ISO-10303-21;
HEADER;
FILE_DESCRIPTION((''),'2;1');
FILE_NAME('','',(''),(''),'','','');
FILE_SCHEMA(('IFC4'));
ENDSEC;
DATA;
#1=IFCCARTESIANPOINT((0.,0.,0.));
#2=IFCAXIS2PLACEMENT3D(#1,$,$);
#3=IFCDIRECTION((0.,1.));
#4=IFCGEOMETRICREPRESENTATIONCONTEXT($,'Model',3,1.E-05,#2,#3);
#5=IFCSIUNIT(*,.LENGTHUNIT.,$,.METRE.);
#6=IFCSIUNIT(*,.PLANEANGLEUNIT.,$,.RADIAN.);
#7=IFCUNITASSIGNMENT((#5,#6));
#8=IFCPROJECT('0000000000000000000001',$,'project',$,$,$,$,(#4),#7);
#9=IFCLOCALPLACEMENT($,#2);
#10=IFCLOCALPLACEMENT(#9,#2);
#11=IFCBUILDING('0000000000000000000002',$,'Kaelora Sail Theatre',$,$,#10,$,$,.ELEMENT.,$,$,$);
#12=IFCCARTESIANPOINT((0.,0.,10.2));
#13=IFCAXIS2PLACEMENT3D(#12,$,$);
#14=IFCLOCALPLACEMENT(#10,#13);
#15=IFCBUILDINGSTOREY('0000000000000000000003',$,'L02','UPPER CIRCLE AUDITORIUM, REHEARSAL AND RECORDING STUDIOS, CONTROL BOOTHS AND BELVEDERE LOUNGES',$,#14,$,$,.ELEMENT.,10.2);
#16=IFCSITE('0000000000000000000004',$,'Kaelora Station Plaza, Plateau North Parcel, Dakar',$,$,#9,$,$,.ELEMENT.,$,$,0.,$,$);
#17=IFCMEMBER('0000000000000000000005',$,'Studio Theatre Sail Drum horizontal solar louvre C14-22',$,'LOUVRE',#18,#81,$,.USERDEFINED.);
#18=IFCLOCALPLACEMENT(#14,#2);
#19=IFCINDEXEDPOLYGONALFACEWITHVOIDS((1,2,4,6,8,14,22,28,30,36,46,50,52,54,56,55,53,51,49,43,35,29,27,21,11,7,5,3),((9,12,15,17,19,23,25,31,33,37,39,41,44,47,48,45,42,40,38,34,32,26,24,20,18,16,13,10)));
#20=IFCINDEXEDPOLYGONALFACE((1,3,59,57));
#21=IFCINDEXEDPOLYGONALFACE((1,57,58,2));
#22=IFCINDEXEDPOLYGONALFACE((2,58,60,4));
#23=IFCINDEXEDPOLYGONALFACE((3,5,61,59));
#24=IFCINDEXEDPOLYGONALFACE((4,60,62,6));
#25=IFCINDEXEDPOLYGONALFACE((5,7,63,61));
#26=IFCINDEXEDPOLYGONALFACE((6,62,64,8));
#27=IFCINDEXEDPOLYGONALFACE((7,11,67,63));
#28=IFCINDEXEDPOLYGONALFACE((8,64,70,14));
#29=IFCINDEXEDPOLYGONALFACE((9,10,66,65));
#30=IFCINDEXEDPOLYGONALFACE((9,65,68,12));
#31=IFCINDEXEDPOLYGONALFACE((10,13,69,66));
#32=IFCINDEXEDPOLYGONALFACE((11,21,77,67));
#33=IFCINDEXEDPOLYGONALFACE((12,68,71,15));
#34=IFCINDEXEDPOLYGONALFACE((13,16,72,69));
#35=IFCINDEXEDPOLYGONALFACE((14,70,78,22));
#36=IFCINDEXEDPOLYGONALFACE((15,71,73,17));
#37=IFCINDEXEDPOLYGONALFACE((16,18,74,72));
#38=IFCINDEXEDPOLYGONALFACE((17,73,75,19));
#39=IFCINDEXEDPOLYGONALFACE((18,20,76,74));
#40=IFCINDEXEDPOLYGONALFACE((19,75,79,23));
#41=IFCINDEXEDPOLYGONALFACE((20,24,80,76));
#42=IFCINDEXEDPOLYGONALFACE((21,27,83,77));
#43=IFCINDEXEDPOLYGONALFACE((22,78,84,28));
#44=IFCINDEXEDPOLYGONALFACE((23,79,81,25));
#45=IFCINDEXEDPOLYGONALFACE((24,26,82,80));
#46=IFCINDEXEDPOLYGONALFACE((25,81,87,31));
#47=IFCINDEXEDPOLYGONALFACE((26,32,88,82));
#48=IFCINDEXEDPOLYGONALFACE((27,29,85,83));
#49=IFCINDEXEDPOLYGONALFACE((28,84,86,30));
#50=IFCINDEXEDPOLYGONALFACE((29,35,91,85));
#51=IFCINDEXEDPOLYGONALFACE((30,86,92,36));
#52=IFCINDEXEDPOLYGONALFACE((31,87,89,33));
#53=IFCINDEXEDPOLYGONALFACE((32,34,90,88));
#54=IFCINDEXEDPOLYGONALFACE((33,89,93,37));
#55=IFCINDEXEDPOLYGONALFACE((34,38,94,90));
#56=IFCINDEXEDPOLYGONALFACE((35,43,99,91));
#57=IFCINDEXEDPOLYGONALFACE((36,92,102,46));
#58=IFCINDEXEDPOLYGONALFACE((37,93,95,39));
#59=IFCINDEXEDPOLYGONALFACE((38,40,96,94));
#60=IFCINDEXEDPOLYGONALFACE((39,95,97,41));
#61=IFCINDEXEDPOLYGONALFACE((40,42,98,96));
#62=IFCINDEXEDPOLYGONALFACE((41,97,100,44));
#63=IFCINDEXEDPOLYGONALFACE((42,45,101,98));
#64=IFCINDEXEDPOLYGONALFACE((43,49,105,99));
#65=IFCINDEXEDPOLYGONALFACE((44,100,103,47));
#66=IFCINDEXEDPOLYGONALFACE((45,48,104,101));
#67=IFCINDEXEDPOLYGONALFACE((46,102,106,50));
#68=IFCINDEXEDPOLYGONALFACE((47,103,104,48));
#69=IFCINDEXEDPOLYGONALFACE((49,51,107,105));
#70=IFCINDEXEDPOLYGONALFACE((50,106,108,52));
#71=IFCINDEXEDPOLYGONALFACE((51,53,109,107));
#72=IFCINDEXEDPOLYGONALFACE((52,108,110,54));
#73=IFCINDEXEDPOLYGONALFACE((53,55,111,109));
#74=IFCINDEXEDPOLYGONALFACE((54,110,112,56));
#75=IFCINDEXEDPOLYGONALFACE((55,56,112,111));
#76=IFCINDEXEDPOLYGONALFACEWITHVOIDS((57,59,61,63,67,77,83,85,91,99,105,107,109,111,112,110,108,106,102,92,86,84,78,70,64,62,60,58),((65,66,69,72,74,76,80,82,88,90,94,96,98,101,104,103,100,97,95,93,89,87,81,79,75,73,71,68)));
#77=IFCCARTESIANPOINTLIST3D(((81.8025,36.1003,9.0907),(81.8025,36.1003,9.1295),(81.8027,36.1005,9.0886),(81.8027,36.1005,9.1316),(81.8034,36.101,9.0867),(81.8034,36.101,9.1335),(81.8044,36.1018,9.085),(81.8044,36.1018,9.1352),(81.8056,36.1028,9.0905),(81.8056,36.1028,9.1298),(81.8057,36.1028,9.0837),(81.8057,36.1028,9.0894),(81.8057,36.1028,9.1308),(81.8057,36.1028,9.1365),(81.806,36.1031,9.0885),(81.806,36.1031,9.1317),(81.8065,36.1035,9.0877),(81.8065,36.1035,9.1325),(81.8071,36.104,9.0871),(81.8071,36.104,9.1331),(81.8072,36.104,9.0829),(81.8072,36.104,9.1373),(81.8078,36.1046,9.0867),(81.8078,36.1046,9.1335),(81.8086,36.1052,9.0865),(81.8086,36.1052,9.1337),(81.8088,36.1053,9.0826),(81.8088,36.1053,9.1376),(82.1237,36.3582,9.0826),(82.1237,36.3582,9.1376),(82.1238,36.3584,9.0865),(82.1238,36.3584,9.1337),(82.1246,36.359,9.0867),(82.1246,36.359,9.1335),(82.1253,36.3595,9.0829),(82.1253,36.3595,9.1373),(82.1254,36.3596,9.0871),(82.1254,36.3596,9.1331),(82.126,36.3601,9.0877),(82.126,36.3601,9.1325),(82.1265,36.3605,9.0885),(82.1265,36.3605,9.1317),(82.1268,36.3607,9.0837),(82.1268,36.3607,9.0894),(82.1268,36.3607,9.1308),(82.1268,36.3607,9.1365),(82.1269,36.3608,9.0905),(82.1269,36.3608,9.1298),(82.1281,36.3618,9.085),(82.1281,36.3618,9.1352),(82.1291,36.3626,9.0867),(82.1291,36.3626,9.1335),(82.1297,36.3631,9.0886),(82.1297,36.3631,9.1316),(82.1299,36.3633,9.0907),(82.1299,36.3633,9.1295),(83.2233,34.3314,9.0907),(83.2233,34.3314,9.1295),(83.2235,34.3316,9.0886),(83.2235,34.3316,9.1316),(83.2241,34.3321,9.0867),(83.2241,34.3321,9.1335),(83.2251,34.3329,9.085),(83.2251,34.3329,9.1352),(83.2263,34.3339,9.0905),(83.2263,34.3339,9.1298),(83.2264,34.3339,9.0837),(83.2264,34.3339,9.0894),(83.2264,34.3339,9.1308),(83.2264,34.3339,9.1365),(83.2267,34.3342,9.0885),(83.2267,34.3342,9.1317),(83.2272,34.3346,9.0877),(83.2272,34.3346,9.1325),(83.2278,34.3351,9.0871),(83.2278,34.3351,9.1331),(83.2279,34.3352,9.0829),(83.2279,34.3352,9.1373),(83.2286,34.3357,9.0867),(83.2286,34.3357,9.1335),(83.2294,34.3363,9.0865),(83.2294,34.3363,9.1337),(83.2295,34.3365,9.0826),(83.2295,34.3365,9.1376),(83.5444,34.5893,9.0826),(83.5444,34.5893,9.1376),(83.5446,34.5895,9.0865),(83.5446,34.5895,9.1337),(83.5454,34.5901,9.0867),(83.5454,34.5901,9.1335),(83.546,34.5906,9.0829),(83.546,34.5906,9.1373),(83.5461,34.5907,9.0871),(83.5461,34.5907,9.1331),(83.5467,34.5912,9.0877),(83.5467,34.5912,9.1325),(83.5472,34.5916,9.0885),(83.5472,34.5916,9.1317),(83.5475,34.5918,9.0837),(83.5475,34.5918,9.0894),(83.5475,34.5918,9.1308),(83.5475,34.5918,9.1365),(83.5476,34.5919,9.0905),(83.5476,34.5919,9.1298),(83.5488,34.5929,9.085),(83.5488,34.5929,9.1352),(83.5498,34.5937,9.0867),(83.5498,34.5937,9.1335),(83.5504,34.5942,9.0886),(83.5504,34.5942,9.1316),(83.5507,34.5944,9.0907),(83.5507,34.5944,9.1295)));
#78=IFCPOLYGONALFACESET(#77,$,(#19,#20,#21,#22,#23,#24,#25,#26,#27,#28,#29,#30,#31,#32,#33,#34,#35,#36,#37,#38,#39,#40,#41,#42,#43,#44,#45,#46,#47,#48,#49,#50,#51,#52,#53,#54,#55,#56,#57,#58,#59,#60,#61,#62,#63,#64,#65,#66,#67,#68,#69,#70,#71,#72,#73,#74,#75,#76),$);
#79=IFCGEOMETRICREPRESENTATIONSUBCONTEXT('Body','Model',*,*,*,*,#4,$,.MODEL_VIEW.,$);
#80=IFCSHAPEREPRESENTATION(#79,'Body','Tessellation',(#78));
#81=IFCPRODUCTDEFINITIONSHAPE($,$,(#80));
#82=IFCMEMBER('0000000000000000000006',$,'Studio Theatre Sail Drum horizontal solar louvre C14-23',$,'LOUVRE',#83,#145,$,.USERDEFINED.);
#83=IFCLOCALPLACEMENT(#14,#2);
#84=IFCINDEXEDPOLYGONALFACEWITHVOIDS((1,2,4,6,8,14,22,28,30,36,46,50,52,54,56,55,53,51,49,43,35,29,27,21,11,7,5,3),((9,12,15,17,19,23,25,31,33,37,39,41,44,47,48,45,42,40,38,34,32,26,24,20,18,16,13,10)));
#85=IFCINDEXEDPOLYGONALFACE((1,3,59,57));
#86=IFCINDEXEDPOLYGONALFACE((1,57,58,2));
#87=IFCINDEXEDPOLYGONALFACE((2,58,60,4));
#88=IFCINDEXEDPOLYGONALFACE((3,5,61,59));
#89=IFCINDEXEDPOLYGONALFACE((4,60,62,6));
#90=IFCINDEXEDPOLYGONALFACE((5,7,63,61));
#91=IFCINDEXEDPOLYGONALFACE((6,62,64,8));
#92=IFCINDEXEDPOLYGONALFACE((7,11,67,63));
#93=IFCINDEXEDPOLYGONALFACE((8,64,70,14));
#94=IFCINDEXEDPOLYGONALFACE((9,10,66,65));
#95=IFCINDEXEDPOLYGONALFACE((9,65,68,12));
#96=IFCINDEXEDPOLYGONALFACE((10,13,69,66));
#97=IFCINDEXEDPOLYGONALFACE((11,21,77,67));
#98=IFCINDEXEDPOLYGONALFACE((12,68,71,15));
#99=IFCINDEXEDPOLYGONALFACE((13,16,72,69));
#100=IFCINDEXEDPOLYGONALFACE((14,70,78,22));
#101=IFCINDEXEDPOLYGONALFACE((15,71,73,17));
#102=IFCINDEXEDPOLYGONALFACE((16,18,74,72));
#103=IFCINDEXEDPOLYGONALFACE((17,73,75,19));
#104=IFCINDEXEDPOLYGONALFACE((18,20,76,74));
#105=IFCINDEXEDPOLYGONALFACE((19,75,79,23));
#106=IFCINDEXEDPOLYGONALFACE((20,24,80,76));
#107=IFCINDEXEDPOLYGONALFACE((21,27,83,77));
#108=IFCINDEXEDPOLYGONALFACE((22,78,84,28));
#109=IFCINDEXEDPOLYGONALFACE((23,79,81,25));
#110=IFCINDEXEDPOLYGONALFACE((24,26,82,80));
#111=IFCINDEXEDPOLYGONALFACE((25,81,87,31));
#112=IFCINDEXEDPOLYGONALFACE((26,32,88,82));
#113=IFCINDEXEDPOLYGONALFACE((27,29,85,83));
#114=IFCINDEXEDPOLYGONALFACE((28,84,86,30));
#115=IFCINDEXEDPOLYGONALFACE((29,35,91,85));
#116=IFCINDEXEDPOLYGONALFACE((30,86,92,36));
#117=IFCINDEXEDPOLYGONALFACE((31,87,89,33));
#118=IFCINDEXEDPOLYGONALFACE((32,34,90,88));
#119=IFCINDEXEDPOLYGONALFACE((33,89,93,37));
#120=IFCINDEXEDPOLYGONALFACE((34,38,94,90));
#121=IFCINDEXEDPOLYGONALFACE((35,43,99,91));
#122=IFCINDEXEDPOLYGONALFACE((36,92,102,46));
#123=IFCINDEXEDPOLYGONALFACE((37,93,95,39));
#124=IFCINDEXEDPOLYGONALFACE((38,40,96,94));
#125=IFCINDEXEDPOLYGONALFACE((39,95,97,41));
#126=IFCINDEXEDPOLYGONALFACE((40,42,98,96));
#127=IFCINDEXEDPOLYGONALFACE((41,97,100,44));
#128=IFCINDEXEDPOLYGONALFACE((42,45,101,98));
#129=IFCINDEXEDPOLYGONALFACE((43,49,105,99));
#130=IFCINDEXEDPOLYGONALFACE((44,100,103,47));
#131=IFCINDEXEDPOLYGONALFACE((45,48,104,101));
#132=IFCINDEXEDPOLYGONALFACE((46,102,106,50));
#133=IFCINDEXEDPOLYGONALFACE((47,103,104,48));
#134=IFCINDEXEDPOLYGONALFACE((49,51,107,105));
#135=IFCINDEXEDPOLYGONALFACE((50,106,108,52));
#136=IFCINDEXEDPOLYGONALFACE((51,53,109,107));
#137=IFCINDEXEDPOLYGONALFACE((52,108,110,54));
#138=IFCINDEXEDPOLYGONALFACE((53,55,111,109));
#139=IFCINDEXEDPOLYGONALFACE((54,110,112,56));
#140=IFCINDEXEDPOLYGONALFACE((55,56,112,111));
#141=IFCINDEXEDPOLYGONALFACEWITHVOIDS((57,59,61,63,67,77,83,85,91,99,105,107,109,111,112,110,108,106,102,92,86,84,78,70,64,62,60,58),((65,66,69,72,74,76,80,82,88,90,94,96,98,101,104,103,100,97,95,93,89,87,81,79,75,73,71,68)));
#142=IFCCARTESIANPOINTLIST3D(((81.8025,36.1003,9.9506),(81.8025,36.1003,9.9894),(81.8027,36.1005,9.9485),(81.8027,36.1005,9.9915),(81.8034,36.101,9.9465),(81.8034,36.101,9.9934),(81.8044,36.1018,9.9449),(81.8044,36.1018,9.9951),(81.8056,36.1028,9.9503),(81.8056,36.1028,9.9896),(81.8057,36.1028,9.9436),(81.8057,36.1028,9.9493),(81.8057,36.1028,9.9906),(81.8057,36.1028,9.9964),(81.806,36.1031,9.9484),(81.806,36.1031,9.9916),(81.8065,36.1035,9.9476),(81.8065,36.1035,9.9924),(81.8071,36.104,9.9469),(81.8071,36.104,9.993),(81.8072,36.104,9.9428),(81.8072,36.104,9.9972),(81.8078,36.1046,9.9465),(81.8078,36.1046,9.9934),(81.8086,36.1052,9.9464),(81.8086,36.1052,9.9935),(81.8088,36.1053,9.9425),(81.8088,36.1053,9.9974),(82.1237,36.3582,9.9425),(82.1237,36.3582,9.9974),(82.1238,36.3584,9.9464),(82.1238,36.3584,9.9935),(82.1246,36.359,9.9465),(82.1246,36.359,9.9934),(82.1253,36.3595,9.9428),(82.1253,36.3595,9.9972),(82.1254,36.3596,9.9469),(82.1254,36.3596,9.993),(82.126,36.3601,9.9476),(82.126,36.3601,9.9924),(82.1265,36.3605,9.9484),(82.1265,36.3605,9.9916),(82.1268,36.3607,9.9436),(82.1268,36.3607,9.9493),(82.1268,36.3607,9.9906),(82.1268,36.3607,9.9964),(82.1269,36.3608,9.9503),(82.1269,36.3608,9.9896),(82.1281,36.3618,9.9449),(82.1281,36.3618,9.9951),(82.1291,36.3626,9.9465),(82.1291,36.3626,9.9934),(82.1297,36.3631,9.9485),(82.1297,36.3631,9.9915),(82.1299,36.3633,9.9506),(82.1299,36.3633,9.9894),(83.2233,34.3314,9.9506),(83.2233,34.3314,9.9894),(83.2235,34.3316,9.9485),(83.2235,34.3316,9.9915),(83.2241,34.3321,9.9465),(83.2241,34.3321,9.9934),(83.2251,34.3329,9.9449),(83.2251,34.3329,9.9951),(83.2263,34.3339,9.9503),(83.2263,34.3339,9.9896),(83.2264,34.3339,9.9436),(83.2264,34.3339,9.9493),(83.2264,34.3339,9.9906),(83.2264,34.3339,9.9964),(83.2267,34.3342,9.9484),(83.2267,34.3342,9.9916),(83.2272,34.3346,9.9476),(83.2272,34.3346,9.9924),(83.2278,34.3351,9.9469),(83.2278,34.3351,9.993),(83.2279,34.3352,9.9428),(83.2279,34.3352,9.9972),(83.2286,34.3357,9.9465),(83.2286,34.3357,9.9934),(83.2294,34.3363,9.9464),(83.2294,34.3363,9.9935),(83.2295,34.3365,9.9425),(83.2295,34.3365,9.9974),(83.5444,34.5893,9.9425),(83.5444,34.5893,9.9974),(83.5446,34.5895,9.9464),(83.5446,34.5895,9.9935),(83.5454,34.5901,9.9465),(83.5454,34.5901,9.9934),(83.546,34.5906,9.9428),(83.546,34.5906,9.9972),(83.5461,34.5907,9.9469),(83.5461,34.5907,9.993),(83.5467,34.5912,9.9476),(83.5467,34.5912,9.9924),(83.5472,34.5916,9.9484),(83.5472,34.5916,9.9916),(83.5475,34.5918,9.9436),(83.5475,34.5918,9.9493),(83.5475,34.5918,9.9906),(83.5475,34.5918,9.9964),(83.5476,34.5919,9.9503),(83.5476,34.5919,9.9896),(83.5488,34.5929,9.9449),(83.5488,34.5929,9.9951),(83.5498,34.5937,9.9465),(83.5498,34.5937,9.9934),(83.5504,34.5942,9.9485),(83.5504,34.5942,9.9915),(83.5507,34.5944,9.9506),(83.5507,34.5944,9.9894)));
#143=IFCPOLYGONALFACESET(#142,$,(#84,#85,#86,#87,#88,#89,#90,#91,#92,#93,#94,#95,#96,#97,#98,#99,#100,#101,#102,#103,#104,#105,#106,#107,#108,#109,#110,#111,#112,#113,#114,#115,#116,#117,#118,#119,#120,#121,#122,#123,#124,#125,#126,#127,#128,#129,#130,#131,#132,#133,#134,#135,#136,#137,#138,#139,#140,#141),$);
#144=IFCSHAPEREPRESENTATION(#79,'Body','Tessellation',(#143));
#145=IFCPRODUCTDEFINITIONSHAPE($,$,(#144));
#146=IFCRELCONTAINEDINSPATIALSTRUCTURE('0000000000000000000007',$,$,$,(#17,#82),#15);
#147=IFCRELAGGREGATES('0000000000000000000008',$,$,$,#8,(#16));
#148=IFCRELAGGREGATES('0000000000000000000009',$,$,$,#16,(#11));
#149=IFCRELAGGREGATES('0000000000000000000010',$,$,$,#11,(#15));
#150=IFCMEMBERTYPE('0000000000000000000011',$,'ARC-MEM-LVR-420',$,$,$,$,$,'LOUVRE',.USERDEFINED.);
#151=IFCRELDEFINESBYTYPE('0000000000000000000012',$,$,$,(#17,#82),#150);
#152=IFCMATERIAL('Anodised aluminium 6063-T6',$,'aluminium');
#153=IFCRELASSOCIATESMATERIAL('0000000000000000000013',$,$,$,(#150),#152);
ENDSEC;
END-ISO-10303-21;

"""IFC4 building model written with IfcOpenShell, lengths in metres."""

from ifc_helpers import new_model, si_unit, direction, frame, origin, origin_2d, place, context, subcontext, project, spatial, hollow_rectangle, extrude, material, material_profile, profile_set, type_object, element, save


model = new_model("IFC4")

# Units and contexts
model_context = context("Model", 3, precision=1e-05, world=origin(), true_north=direction((0.0, 1.0)))
body_context = subcontext(model_context, "Body", "Model", "MODEL_VIEW")
ifc_project = project(units=[si_unit("LENGTHUNIT", "METRE"), si_unit("PLANEANGLEUNIT", "RADIAN")], contexts=[model_context])

# Site, building, storey
site_placement = place(None, origin())
site = spatial("IfcSite", under=ifc_project, at=site_placement, Name="Kaelora Station Plaza, Plateau North Parcel, Dakar", CompositionType="ELEMENT", RefElevation=0.0)
building_placement = place(site_placement, origin())
building = spatial("IfcBuilding", under=site, at=building_placement, Name="Kaelora Sail Theatre", CompositionType="ELEMENT")
storey_placement = place(building_placement, frame((0.0, 0.0, 10.2)))
storey = spatial("IfcBuildingStorey", under=building, at=storey_placement, Name="L02", Description="UPPER CIRCLE AUDITORIUM, REHEARSAL AND RECORDING STUDIOS, CONTROL BOOTHS AND BELVEDERE LOUNGES", CompositionType="ELEMENT", Elevation=10.2)

# Members
ifc_material_1 = material(Name="Anodised aluminium 6063-T6", Category="aluminium")
ifc_material_profile_1 = material_profile(ifc_material_1, hollow_rectangle(XDim=0.4199, YDim=0.0549, WallThickness=0.0039, InnerFilletRadius=0.0039, OuterFilletRadius=0.0081, at=origin_2d()), Name="LOUVRE 420x55x4")
ifc_profile_set_1 = profile_set([ifc_material_profile_1], Name="Anodised aluminium 6063-T6")
member_type = type_object("IfcMemberType", Name="ARC-MEM-LVR-420", ElementType="LOUVRE", PredefinedType="USERDEFINED", material=ifc_profile_set_1)
for number, where, z_axis, x_axis, name in (
    (1, (83.387, 34.4629, 9.1101), (-0.626203, 0.77966, 0.0), (-0.77966, -0.626203, 0.0), "Studio Theatre Sail Drum horizontal solar louvre C14-22"),
    (2, (83.387, 34.4629, 9.97), (-0.626203, 0.77966, 0.0), (-0.77966, -0.626203, 0.0), "Studio Theatre Sail Drum horizontal solar louvre C14-23"),
):
    element("IfcMember", number, at=place(storey_placement, frame(where, z_axis=z_axis, x_axis=x_axis)), inside=storey, type_object=member_type, Name=name, ObjectType="LOUVRE", PredefinedType="USERDEFINED", context=body_context, shape_type="SweptSolid", body=[
        extrude(hollow_rectangle(XDim=0.4199, YDim=0.0549, WallThickness=0.0039, InnerFilletRadius=0.0039, OuterFilletRadius=0.0081, at=origin_2d()), origin(), (0.0, 0.0, 1.0), 2.2688),
    ])

save(model, "model.ifc")
